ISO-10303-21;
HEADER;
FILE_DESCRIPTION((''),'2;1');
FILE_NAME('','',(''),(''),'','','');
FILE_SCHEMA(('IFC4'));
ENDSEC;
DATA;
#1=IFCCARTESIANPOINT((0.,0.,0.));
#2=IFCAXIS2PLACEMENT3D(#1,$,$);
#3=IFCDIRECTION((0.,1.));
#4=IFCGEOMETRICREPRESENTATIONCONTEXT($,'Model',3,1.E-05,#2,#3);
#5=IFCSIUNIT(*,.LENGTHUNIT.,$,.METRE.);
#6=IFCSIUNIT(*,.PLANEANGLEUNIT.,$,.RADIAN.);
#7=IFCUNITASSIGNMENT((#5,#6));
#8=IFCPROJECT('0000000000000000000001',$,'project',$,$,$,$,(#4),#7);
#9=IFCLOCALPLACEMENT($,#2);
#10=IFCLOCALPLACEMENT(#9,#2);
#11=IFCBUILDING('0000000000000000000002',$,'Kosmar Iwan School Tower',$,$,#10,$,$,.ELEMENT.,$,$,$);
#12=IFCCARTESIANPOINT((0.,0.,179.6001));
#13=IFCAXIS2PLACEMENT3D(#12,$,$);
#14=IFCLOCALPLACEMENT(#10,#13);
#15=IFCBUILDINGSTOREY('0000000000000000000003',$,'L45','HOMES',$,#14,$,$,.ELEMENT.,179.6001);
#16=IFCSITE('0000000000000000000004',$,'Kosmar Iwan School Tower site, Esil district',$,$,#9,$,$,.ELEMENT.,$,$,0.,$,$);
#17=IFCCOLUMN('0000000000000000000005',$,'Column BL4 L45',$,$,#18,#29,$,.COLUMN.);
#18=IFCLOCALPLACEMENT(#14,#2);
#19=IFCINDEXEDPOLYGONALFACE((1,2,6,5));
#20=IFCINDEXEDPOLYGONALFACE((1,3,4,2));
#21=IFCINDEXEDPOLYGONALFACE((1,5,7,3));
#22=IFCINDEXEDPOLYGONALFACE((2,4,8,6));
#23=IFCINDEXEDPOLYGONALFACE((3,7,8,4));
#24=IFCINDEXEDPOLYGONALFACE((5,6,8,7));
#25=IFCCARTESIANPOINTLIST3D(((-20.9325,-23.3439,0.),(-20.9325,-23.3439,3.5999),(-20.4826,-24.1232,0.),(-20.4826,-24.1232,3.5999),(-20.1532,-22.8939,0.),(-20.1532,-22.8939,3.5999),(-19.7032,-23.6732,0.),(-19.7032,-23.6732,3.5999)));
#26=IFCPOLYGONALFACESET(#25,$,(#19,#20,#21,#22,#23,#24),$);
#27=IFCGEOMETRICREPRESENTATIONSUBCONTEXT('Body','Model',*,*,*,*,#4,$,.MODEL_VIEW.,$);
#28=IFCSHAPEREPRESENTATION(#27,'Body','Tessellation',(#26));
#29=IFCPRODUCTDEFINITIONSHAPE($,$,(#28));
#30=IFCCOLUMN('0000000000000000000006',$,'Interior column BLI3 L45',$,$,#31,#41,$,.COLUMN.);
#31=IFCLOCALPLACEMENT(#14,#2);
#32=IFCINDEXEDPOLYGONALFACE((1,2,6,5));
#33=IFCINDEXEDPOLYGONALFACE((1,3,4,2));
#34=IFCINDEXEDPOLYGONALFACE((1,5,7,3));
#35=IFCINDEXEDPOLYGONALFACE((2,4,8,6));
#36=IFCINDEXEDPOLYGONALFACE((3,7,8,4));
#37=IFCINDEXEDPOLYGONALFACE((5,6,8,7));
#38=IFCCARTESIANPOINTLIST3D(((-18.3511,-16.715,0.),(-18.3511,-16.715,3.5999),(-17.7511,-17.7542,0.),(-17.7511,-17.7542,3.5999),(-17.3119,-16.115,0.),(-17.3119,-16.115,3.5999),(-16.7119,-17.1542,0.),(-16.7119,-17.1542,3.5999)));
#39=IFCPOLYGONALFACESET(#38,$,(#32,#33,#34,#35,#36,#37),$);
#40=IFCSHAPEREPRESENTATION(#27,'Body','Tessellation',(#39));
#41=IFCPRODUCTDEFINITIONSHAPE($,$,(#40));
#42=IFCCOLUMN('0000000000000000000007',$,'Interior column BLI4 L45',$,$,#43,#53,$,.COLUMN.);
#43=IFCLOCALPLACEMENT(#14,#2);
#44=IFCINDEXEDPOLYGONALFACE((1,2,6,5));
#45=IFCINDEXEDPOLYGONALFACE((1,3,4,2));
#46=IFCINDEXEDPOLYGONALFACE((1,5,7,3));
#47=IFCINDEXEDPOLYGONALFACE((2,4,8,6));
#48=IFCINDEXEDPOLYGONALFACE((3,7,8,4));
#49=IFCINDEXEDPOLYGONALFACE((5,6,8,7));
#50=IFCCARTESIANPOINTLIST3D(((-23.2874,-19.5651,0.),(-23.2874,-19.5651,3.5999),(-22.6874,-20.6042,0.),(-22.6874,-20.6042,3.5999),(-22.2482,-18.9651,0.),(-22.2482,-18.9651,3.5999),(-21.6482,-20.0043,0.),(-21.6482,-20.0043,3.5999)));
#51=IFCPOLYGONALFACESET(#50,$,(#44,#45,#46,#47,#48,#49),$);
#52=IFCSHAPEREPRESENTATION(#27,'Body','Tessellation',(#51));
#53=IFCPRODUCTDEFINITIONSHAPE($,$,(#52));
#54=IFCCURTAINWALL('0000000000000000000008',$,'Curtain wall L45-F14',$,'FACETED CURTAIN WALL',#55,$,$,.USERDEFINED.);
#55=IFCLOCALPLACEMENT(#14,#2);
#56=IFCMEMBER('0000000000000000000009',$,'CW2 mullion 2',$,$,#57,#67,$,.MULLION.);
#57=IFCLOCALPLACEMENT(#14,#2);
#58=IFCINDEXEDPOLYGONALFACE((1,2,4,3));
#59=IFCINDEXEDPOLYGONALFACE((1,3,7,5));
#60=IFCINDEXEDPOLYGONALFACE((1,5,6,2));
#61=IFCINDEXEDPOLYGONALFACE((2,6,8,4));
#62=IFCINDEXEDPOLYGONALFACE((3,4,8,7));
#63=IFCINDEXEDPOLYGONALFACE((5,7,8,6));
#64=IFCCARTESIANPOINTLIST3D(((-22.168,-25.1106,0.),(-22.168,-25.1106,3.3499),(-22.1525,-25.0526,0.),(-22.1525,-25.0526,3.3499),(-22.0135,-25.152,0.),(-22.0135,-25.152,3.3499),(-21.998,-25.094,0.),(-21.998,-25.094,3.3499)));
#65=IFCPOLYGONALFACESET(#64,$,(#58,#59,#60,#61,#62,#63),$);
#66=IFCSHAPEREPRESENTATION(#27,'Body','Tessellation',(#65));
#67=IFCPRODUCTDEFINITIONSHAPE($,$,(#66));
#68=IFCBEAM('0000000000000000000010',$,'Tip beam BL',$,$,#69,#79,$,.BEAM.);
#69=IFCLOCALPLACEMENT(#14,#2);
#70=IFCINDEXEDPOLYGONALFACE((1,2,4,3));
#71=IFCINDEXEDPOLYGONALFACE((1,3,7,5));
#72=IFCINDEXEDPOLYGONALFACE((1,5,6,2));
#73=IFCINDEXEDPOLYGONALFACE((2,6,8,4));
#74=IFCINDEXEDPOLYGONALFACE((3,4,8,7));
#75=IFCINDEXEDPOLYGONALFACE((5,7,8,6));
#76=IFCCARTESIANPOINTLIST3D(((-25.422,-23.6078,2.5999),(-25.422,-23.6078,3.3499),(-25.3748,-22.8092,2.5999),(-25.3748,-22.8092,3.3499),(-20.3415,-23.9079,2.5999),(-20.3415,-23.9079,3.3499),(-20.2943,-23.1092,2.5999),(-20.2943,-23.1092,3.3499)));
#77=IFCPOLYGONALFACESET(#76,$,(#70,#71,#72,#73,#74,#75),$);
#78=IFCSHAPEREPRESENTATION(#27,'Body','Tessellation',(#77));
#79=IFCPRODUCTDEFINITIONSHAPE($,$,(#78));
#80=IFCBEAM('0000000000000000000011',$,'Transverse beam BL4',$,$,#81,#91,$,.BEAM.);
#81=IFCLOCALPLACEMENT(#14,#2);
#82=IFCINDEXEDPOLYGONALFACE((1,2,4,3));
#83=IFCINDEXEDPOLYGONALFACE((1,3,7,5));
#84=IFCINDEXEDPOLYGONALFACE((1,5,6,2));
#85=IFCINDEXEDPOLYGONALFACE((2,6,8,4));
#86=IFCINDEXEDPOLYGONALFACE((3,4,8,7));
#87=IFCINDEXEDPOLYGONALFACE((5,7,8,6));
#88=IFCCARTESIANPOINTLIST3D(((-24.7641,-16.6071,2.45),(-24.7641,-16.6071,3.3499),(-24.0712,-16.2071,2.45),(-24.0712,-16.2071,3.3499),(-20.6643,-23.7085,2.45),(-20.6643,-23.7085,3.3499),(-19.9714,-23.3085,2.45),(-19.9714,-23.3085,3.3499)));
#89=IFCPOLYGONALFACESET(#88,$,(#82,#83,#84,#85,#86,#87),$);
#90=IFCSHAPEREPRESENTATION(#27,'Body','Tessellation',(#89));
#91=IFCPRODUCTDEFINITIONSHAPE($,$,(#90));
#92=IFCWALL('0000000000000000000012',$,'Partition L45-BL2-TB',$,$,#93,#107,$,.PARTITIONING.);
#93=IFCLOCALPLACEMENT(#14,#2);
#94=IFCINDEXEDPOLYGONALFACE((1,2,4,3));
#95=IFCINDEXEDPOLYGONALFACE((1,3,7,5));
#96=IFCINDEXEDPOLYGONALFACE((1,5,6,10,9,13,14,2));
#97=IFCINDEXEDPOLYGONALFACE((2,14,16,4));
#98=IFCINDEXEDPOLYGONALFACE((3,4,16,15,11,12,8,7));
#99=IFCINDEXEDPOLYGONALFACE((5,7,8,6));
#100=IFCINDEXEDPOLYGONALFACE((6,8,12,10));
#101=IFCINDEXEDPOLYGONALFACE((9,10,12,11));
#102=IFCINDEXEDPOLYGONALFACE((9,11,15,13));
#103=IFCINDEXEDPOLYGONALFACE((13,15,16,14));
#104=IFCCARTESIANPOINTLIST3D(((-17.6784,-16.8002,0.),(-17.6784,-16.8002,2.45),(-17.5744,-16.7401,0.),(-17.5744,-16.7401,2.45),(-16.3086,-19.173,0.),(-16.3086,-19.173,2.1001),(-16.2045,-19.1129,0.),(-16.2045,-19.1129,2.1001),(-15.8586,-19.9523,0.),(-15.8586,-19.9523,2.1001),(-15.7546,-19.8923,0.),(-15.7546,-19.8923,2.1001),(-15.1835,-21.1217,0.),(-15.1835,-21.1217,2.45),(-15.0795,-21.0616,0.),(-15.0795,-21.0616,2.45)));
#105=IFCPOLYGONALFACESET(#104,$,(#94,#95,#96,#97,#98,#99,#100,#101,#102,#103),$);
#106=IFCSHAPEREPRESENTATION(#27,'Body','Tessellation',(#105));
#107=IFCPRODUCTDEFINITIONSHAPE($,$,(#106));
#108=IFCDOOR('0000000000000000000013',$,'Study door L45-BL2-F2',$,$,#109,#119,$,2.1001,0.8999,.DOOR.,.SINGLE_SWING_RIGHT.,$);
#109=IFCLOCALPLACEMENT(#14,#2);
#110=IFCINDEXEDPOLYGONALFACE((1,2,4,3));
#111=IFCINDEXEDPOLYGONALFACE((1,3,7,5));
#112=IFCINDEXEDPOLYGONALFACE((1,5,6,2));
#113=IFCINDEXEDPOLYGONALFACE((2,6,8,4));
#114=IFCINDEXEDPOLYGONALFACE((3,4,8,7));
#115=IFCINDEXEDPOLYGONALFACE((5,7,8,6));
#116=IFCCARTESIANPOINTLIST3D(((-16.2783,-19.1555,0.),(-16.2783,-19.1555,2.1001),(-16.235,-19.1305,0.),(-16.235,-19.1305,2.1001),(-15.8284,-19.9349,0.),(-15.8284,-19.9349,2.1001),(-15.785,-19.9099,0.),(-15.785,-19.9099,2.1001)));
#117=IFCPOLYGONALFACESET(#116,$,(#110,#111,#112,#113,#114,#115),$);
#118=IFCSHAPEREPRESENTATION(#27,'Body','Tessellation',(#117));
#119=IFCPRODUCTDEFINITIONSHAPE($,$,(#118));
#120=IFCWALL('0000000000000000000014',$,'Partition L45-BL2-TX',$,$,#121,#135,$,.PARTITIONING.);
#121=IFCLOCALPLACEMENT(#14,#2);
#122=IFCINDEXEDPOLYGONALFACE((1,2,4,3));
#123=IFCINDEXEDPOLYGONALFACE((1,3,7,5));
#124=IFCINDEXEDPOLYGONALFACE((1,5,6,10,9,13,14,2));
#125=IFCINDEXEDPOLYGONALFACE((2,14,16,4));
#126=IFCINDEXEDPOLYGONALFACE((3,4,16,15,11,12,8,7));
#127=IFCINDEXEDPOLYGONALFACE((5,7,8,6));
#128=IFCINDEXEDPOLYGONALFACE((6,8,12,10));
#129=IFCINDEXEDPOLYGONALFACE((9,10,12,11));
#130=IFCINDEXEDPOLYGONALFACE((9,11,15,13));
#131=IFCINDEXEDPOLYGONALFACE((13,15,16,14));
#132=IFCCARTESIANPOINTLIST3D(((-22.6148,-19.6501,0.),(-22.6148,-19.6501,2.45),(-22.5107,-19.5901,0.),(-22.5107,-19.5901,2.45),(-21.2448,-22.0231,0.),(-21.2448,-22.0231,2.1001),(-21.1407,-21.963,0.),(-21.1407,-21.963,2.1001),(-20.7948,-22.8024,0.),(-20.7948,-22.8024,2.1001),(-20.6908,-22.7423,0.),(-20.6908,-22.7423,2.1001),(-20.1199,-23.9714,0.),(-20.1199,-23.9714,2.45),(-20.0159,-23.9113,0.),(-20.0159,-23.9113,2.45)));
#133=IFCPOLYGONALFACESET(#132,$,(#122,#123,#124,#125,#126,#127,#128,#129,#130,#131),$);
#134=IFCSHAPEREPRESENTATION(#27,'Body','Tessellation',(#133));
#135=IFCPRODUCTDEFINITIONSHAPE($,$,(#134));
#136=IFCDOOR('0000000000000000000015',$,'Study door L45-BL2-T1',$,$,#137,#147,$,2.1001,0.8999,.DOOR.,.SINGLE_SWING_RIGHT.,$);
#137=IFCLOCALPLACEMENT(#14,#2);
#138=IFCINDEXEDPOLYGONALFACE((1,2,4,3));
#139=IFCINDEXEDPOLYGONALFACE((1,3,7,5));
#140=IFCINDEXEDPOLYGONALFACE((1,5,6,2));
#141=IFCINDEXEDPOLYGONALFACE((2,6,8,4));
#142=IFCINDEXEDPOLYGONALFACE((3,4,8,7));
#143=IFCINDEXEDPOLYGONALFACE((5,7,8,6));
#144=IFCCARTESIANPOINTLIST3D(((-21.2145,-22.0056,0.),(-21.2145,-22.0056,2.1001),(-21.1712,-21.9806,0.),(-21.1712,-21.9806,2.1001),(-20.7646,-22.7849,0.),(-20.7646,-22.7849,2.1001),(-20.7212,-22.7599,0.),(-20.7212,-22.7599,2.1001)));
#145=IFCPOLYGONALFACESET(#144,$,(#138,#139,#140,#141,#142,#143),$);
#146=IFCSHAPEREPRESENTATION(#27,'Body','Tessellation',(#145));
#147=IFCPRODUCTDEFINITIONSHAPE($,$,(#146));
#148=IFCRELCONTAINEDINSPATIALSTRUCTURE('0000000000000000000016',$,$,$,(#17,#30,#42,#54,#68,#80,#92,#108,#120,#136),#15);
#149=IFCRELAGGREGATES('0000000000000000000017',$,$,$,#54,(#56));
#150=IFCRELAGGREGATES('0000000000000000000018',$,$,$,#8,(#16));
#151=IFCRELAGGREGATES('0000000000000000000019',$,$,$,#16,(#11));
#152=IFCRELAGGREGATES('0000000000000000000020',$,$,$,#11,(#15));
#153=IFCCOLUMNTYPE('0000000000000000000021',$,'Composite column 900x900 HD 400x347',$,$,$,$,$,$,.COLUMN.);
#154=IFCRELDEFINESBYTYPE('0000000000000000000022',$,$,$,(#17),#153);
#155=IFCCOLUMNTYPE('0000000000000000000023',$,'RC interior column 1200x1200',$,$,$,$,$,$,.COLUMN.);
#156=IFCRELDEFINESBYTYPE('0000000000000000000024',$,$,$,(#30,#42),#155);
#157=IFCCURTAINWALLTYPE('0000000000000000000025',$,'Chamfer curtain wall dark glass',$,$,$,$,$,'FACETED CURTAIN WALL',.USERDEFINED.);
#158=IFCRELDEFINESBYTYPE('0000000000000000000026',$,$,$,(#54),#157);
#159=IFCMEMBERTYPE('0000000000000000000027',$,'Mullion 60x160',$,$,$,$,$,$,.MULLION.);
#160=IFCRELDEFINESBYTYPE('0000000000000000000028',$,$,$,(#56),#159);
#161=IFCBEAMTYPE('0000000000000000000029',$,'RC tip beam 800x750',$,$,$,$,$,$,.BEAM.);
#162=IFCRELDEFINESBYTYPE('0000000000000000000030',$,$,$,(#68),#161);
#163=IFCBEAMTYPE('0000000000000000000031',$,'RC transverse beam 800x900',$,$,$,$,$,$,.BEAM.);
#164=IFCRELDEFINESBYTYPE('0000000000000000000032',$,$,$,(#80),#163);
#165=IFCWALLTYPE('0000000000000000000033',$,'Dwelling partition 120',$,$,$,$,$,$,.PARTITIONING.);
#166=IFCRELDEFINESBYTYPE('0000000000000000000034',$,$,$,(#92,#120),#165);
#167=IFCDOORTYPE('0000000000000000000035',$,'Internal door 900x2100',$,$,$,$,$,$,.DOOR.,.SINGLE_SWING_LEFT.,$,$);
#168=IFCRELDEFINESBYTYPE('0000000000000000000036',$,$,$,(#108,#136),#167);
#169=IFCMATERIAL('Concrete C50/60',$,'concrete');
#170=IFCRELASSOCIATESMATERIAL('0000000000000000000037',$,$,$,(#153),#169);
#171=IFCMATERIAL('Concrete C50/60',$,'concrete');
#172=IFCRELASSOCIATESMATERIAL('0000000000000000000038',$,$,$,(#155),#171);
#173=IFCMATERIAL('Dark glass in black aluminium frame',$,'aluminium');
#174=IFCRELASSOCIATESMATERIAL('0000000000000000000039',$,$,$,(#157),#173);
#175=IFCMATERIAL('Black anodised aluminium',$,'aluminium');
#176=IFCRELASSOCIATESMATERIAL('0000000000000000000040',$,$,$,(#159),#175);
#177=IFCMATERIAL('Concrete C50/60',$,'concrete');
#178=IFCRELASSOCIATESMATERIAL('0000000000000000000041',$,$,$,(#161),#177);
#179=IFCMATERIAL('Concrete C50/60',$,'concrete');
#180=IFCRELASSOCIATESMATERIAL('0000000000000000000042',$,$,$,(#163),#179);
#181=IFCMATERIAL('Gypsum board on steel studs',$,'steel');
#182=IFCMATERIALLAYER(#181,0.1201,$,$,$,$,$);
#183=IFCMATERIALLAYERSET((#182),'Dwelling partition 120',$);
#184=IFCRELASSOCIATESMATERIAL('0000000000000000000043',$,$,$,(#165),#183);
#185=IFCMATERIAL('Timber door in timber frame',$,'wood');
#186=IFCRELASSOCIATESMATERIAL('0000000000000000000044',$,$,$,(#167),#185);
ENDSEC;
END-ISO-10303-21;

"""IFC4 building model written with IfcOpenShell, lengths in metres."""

from ifc_helpers import new_model, si_unit, direction, frame, frame_2d, origin, origin_2d, place, context, subcontext, project, spatial, rectangle, extrude, material, layer, layer_set, material_profile, profile_set, type_object, element, fill, aggregate, save


model = new_model("IFC4")

# Units and contexts
model_context = context("Model", 3, precision=1e-05, world=origin(), true_north=direction((0.0, 1.0)))
body_context = subcontext(model_context, "Body", "Model", "MODEL_VIEW")
ifc_project = project(units=[si_unit("LENGTHUNIT", "METRE"), si_unit("PLANEANGLEUNIT", "RADIAN")], contexts=[model_context])

# Site, building, storey
site_placement = place(None, origin())
site = spatial("IfcSite", under=ifc_project, at=site_placement, Name="Kosmar Iwan School Tower site, Esil district", CompositionType="ELEMENT", RefElevation=0.0)
building_placement = place(site_placement, origin())
building = spatial("IfcBuilding", under=site, at=building_placement, Name="Kosmar Iwan School Tower", CompositionType="ELEMENT")
storey_placement = place(building_placement, frame((0.0, 0.0, 179.6001)))
storey = spatial("IfcBuildingStorey", under=building, at=storey_placement, Name="L45", Description="HOMES", CompositionType="ELEMENT", Elevation=179.6001)

# Columns
ifc_material_1 = material(Name="Concrete C50/60", Category="concrete")
ifc_material_profile_1 = material_profile(ifc_material_1, rectangle(XDim=0.8999, YDim=0.8999, at=origin_2d()), Name="RC 900x900 + HD 400x347")
ifc_profile_set_1 = profile_set([ifc_material_profile_1], Name="Concrete C50/60")
column_type_1 = type_object("IfcColumnType", Name="Composite column 900x900 HD 400x347", PredefinedType="COLUMN", material=ifc_profile_set_1)
column_placement = place(storey_placement, frame((-20.3179, -23.5085, 0.0), z_axis=(0.0, 0.0, 1.0), x_axis=(-0.866025, -0.5, 0.0)))
element("IfcColumn", 1, at=column_placement, inside=storey, type_object=column_type_1, Name="Column BL4 L45", PredefinedType="COLUMN", context=body_context, shape_type="SweptSolid", body=[
    extrude(rectangle(XDim=0.8999, YDim=0.8999, at=origin_2d()), origin(), (0.0, 0.0, 1.0), 3.5999),
])
ifc_material_2 = material(Name="Concrete C50/60", Category="concrete")
ifc_material_profile_2 = material_profile(ifc_material_2, rectangle(XDim=1.2, YDim=1.2, at=origin_2d()), Name="RC 1200x1200")
ifc_profile_set_2 = profile_set([ifc_material_profile_2], Name="Concrete C50/60")
column_type_2 = type_object("IfcColumnType", Name="RC interior column 1200x1200", PredefinedType="COLUMN", material=ifc_profile_set_2)
for number, where, z_axis, x_axis, name in (
    (2, (-17.5315, -16.9346, 0.0), (0.0, 0.0, 1.0), (-0.866025, -0.5, 0.0), "Interior column BLI3 L45"),
    (3, (-22.4678, -19.7847, 0.0), (0.0, 0.0, 1.0), (-0.866025, -0.5, 0.0), "Interior column BLI4 L45"),
):
    element("IfcColumn", number, at=place(storey_placement, frame(where, z_axis=z_axis, x_axis=x_axis)), inside=storey, type_object=column_type_2, Name=name, PredefinedType="COLUMN", context=body_context, shape_type="SweptSolid", body=[
        extrude(rectangle(XDim=1.2, YDim=1.2, at=origin_2d()), origin(), (0.0, 0.0, 1.0), 3.5999),
    ])

# Curtain wall, member
ifc_material_3 = material(Name="Dark glass in black aluminium frame", Category="aluminium")
curtain_wall_type = type_object("IfcCurtainWallType", Name="Chamfer curtain wall dark glass", ElementType="FACETED CURTAIN WALL", PredefinedType="USERDEFINED", material=ifc_material_3)
curtain_wall_placement = place(storey_placement, origin())
curtain_wall = element("IfcCurtainWall", 4, at=curtain_wall_placement, inside=storey, type_object=curtain_wall_type, Name="Curtain wall L45-F14", ObjectType="FACETED CURTAIN WALL", PredefinedType="USERDEFINED")
ifc_material_4 = material(Name="Black anodised aluminium", Category="aluminium")
ifc_material_profile_3 = material_profile(ifc_material_4, rectangle(XDim=0.0601, YDim=0.1599, at=origin_2d()), Name="MULLION 60x160")
ifc_profile_set_3 = profile_set([ifc_material_profile_3], Name="Black anodised aluminium")
member_type = type_object("IfcMemberType", Name="Mullion 60x160", PredefinedType="MULLION", material=ifc_profile_set_3)
member_placement = place(storey_placement, frame((-22.083, -25.1023, 0.0), z_axis=(0.0, 0.0, 1.0), x_axis=(0.258819, 0.965926, 0.0)))
member = element("IfcMember", 5, at=member_placement, type_object=member_type, Name="CW2 mullion 2", PredefinedType="MULLION", context=body_context, shape_type="SweptSolid", body=[
    extrude(rectangle(XDim=0.0601, YDim=0.1599, at=origin_2d()), origin(), (0.0, 0.0, 1.0), 3.3499),
])
aggregate(curtain_wall, [member])

# Beams
ifc_material_5 = material(Name="Concrete C50/60", Category="concrete")
ifc_material_profile_4 = material_profile(ifc_material_5, rectangle(XDim=0.8, YDim=0.75, at=origin_2d()), Name="RC 800x750")
ifc_profile_set_4 = profile_set([ifc_material_profile_4], Name="Concrete C50/60")
beam_type_1 = type_object("IfcBeamType", Name="RC tip beam 800x750", PredefinedType="BEAM", material=ifc_profile_set_4)
beam_1_placement = place(storey_placement, frame((-20.3179, -23.5085, 2.9749), z_axis=(-0.998261, 0.058955, 0.0), x_axis=(-0.058955, -0.998261, 0.0)))
element("IfcBeam", 6, at=beam_1_placement, inside=storey, type_object=beam_type_1, Name="Tip beam BL", PredefinedType="BEAM", context=body_context, shape_type="SweptSolid", body=[
    extrude(rectangle(XDim=0.8, YDim=0.75, at=origin_2d()), origin(), (0.0, 0.0, 1.0), 5.0894),
])
ifc_material_6 = material(Name="Concrete C50/60", Category="concrete")
ifc_material_profile_5 = material_profile(ifc_material_6, rectangle(XDim=0.8, YDim=0.8999, at=origin_2d()), Name="RC 800x900")
ifc_profile_set_5 = profile_set([ifc_material_profile_5], Name="Concrete C50/60")
beam_type_2 = type_object("IfcBeamType", Name="RC transverse beam 800x900", PredefinedType="BEAM", material=ifc_profile_set_5)
beam_2_placement = place(storey_placement, frame((-20.3179, -23.5085, 2.8999), z_axis=(-0.499978, 0.866038, 0.0), x_axis=(-0.866038, -0.499978, 0.0)))
element("IfcBeam", 7, at=beam_2_placement, inside=storey, type_object=beam_type_2, Name="Transverse beam BL4", PredefinedType="BEAM", context=body_context, shape_type="SweptSolid", body=[
    extrude(rectangle(XDim=0.8, YDim=0.8999, at=origin_2d()), origin(), (0.0, 0.0, 1.0), 8.2),
])

# Walls, openings, doors
ifc_material_7 = material(Name="Gypsum board on steel studs", Category="steel")
ifc_layer_1 = layer(ifc_material_7, 0.1201)
ifc_layer_set_1 = layer_set([ifc_layer_1], Name="Dwelling partition 120")
wall_type_1 = type_object("IfcWallType", Name="Dwelling partition 120", PredefinedType="PARTITIONING", material=ifc_layer_set_1)
wall_1_placement = place(storey_placement, frame((-17.6265, -16.77, 0.0), z_axis=(0.0, 0.0, 1.0), x_axis=(0.499975, -0.86604, 0.0)))
wall_1 = element("IfcWall", 8, at=wall_1_placement, inside=storey, type_object=wall_type_1, Name="Partition L45-BL2-TB", PredefinedType="PARTITIONING", context=body_context, shape_type="SweptSolid", body=[
    extrude(rectangle(XDim=4.99, YDim=0.1201, at=frame_2d((2.4951, 0.0))), origin(), (0.0, 0.0, 1.0), 2.45),
])
opening_1_placement = place(wall_1_placement, frame((2.74, 0.0, 0.0)))
opening_1 = element("IfcOpeningElement", 9, at=opening_1_placement, cuts=wall_1, PredefinedType="OPENING", context=body_context, shape_type="SweptSolid", body=[
    extrude(rectangle(XDim=0.8999, YDim=2.1001, at=frame_2d((0.45, 1.05))), frame((0.0, 0.072, 0.0), z_axis=(0.0, -1.0, 0.0), x_axis=(1.0, 0.0, 0.0)), (0.0, 0.0, 1.0), 0.144),
])
ifc_material_8 = material(Name="Timber door in timber frame", Category="wood")
door_type = type_object("IfcDoorType", Name="Internal door 900x2100", OperationType="SINGLE_SWING_LEFT", PredefinedType="DOOR", material=ifc_material_8)
door_1_placement = place(opening_1_placement, origin())
door_1 = element("IfcDoor", 10, at=door_1_placement, inside=storey, type_object=door_type, Name="Study door L45-BL2-F2", OperationType="SINGLE_SWING_RIGHT", OverallHeight=2.1001, OverallWidth=0.8999, PredefinedType="DOOR", context=body_context, shape_type="SweptSolid", body=[
    extrude(rectangle(XDim=0.8999, YDim=2.1001, at=frame_2d((0.45, 1.05))), frame((0.0, 0.0249, 0.0), z_axis=(0.0, -1.0, 0.0), x_axis=(1.0, 0.0, 0.0)), (0.0, 0.0, 1.0), 0.05),
])
fill(opening_1, door_1)
wall_2_placement = place(storey_placement, frame((-22.5627, -19.6201, 0.0), z_axis=(0.0, 0.0, 1.0), x_axis=(0.499996, -0.866028, 0.0)))
wall_2 = element("IfcWall", 11, at=wall_2_placement, inside=storey, type_object=wall_type_1, Name="Partition L45-BL2-TX", PredefinedType="PARTITIONING", context=body_context, shape_type="SweptSolid", body=[
    extrude(rectangle(XDim=4.9897, YDim=0.1201, at=frame_2d((2.4949, 0.0))), origin(), (0.0, 0.0, 1.0), 2.45),
])
opening_2_placement = place(wall_2_placement, frame((2.74, 0.0, 0.0)))
opening_2 = element("IfcOpeningElement", 12, at=opening_2_placement, cuts=wall_2, PredefinedType="OPENING", context=body_context, shape_type="SweptSolid", body=[
    extrude(rectangle(XDim=0.8999, YDim=2.1001, at=frame_2d((0.45, 1.05))), frame((0.0, 0.072, 0.0), z_axis=(0.0, -1.0, 0.0), x_axis=(1.0, 0.0, 0.0)), (0.0, 0.0, 1.0), 0.144),
])
door_2_placement = place(opening_2_placement, origin())
door_2 = element("IfcDoor", 13, at=door_2_placement, inside=storey, type_object=door_type, Name="Study door L45-BL2-T1", OperationType="SINGLE_SWING_RIGHT", OverallHeight=2.1001, OverallWidth=0.8999, PredefinedType="DOOR", context=body_context, shape_type="SweptSolid", body=[
    extrude(rectangle(XDim=0.8999, YDim=2.1001, at=frame_2d((0.45, 1.05))), frame((0.0, 0.0249, 0.0), z_axis=(0.0, -1.0, 0.0), x_axis=(1.0, 0.0, 0.0)), (0.0, 0.0, 1.0), 0.05),
])
fill(opening_2, door_2)

save(model, "model.ifc")
